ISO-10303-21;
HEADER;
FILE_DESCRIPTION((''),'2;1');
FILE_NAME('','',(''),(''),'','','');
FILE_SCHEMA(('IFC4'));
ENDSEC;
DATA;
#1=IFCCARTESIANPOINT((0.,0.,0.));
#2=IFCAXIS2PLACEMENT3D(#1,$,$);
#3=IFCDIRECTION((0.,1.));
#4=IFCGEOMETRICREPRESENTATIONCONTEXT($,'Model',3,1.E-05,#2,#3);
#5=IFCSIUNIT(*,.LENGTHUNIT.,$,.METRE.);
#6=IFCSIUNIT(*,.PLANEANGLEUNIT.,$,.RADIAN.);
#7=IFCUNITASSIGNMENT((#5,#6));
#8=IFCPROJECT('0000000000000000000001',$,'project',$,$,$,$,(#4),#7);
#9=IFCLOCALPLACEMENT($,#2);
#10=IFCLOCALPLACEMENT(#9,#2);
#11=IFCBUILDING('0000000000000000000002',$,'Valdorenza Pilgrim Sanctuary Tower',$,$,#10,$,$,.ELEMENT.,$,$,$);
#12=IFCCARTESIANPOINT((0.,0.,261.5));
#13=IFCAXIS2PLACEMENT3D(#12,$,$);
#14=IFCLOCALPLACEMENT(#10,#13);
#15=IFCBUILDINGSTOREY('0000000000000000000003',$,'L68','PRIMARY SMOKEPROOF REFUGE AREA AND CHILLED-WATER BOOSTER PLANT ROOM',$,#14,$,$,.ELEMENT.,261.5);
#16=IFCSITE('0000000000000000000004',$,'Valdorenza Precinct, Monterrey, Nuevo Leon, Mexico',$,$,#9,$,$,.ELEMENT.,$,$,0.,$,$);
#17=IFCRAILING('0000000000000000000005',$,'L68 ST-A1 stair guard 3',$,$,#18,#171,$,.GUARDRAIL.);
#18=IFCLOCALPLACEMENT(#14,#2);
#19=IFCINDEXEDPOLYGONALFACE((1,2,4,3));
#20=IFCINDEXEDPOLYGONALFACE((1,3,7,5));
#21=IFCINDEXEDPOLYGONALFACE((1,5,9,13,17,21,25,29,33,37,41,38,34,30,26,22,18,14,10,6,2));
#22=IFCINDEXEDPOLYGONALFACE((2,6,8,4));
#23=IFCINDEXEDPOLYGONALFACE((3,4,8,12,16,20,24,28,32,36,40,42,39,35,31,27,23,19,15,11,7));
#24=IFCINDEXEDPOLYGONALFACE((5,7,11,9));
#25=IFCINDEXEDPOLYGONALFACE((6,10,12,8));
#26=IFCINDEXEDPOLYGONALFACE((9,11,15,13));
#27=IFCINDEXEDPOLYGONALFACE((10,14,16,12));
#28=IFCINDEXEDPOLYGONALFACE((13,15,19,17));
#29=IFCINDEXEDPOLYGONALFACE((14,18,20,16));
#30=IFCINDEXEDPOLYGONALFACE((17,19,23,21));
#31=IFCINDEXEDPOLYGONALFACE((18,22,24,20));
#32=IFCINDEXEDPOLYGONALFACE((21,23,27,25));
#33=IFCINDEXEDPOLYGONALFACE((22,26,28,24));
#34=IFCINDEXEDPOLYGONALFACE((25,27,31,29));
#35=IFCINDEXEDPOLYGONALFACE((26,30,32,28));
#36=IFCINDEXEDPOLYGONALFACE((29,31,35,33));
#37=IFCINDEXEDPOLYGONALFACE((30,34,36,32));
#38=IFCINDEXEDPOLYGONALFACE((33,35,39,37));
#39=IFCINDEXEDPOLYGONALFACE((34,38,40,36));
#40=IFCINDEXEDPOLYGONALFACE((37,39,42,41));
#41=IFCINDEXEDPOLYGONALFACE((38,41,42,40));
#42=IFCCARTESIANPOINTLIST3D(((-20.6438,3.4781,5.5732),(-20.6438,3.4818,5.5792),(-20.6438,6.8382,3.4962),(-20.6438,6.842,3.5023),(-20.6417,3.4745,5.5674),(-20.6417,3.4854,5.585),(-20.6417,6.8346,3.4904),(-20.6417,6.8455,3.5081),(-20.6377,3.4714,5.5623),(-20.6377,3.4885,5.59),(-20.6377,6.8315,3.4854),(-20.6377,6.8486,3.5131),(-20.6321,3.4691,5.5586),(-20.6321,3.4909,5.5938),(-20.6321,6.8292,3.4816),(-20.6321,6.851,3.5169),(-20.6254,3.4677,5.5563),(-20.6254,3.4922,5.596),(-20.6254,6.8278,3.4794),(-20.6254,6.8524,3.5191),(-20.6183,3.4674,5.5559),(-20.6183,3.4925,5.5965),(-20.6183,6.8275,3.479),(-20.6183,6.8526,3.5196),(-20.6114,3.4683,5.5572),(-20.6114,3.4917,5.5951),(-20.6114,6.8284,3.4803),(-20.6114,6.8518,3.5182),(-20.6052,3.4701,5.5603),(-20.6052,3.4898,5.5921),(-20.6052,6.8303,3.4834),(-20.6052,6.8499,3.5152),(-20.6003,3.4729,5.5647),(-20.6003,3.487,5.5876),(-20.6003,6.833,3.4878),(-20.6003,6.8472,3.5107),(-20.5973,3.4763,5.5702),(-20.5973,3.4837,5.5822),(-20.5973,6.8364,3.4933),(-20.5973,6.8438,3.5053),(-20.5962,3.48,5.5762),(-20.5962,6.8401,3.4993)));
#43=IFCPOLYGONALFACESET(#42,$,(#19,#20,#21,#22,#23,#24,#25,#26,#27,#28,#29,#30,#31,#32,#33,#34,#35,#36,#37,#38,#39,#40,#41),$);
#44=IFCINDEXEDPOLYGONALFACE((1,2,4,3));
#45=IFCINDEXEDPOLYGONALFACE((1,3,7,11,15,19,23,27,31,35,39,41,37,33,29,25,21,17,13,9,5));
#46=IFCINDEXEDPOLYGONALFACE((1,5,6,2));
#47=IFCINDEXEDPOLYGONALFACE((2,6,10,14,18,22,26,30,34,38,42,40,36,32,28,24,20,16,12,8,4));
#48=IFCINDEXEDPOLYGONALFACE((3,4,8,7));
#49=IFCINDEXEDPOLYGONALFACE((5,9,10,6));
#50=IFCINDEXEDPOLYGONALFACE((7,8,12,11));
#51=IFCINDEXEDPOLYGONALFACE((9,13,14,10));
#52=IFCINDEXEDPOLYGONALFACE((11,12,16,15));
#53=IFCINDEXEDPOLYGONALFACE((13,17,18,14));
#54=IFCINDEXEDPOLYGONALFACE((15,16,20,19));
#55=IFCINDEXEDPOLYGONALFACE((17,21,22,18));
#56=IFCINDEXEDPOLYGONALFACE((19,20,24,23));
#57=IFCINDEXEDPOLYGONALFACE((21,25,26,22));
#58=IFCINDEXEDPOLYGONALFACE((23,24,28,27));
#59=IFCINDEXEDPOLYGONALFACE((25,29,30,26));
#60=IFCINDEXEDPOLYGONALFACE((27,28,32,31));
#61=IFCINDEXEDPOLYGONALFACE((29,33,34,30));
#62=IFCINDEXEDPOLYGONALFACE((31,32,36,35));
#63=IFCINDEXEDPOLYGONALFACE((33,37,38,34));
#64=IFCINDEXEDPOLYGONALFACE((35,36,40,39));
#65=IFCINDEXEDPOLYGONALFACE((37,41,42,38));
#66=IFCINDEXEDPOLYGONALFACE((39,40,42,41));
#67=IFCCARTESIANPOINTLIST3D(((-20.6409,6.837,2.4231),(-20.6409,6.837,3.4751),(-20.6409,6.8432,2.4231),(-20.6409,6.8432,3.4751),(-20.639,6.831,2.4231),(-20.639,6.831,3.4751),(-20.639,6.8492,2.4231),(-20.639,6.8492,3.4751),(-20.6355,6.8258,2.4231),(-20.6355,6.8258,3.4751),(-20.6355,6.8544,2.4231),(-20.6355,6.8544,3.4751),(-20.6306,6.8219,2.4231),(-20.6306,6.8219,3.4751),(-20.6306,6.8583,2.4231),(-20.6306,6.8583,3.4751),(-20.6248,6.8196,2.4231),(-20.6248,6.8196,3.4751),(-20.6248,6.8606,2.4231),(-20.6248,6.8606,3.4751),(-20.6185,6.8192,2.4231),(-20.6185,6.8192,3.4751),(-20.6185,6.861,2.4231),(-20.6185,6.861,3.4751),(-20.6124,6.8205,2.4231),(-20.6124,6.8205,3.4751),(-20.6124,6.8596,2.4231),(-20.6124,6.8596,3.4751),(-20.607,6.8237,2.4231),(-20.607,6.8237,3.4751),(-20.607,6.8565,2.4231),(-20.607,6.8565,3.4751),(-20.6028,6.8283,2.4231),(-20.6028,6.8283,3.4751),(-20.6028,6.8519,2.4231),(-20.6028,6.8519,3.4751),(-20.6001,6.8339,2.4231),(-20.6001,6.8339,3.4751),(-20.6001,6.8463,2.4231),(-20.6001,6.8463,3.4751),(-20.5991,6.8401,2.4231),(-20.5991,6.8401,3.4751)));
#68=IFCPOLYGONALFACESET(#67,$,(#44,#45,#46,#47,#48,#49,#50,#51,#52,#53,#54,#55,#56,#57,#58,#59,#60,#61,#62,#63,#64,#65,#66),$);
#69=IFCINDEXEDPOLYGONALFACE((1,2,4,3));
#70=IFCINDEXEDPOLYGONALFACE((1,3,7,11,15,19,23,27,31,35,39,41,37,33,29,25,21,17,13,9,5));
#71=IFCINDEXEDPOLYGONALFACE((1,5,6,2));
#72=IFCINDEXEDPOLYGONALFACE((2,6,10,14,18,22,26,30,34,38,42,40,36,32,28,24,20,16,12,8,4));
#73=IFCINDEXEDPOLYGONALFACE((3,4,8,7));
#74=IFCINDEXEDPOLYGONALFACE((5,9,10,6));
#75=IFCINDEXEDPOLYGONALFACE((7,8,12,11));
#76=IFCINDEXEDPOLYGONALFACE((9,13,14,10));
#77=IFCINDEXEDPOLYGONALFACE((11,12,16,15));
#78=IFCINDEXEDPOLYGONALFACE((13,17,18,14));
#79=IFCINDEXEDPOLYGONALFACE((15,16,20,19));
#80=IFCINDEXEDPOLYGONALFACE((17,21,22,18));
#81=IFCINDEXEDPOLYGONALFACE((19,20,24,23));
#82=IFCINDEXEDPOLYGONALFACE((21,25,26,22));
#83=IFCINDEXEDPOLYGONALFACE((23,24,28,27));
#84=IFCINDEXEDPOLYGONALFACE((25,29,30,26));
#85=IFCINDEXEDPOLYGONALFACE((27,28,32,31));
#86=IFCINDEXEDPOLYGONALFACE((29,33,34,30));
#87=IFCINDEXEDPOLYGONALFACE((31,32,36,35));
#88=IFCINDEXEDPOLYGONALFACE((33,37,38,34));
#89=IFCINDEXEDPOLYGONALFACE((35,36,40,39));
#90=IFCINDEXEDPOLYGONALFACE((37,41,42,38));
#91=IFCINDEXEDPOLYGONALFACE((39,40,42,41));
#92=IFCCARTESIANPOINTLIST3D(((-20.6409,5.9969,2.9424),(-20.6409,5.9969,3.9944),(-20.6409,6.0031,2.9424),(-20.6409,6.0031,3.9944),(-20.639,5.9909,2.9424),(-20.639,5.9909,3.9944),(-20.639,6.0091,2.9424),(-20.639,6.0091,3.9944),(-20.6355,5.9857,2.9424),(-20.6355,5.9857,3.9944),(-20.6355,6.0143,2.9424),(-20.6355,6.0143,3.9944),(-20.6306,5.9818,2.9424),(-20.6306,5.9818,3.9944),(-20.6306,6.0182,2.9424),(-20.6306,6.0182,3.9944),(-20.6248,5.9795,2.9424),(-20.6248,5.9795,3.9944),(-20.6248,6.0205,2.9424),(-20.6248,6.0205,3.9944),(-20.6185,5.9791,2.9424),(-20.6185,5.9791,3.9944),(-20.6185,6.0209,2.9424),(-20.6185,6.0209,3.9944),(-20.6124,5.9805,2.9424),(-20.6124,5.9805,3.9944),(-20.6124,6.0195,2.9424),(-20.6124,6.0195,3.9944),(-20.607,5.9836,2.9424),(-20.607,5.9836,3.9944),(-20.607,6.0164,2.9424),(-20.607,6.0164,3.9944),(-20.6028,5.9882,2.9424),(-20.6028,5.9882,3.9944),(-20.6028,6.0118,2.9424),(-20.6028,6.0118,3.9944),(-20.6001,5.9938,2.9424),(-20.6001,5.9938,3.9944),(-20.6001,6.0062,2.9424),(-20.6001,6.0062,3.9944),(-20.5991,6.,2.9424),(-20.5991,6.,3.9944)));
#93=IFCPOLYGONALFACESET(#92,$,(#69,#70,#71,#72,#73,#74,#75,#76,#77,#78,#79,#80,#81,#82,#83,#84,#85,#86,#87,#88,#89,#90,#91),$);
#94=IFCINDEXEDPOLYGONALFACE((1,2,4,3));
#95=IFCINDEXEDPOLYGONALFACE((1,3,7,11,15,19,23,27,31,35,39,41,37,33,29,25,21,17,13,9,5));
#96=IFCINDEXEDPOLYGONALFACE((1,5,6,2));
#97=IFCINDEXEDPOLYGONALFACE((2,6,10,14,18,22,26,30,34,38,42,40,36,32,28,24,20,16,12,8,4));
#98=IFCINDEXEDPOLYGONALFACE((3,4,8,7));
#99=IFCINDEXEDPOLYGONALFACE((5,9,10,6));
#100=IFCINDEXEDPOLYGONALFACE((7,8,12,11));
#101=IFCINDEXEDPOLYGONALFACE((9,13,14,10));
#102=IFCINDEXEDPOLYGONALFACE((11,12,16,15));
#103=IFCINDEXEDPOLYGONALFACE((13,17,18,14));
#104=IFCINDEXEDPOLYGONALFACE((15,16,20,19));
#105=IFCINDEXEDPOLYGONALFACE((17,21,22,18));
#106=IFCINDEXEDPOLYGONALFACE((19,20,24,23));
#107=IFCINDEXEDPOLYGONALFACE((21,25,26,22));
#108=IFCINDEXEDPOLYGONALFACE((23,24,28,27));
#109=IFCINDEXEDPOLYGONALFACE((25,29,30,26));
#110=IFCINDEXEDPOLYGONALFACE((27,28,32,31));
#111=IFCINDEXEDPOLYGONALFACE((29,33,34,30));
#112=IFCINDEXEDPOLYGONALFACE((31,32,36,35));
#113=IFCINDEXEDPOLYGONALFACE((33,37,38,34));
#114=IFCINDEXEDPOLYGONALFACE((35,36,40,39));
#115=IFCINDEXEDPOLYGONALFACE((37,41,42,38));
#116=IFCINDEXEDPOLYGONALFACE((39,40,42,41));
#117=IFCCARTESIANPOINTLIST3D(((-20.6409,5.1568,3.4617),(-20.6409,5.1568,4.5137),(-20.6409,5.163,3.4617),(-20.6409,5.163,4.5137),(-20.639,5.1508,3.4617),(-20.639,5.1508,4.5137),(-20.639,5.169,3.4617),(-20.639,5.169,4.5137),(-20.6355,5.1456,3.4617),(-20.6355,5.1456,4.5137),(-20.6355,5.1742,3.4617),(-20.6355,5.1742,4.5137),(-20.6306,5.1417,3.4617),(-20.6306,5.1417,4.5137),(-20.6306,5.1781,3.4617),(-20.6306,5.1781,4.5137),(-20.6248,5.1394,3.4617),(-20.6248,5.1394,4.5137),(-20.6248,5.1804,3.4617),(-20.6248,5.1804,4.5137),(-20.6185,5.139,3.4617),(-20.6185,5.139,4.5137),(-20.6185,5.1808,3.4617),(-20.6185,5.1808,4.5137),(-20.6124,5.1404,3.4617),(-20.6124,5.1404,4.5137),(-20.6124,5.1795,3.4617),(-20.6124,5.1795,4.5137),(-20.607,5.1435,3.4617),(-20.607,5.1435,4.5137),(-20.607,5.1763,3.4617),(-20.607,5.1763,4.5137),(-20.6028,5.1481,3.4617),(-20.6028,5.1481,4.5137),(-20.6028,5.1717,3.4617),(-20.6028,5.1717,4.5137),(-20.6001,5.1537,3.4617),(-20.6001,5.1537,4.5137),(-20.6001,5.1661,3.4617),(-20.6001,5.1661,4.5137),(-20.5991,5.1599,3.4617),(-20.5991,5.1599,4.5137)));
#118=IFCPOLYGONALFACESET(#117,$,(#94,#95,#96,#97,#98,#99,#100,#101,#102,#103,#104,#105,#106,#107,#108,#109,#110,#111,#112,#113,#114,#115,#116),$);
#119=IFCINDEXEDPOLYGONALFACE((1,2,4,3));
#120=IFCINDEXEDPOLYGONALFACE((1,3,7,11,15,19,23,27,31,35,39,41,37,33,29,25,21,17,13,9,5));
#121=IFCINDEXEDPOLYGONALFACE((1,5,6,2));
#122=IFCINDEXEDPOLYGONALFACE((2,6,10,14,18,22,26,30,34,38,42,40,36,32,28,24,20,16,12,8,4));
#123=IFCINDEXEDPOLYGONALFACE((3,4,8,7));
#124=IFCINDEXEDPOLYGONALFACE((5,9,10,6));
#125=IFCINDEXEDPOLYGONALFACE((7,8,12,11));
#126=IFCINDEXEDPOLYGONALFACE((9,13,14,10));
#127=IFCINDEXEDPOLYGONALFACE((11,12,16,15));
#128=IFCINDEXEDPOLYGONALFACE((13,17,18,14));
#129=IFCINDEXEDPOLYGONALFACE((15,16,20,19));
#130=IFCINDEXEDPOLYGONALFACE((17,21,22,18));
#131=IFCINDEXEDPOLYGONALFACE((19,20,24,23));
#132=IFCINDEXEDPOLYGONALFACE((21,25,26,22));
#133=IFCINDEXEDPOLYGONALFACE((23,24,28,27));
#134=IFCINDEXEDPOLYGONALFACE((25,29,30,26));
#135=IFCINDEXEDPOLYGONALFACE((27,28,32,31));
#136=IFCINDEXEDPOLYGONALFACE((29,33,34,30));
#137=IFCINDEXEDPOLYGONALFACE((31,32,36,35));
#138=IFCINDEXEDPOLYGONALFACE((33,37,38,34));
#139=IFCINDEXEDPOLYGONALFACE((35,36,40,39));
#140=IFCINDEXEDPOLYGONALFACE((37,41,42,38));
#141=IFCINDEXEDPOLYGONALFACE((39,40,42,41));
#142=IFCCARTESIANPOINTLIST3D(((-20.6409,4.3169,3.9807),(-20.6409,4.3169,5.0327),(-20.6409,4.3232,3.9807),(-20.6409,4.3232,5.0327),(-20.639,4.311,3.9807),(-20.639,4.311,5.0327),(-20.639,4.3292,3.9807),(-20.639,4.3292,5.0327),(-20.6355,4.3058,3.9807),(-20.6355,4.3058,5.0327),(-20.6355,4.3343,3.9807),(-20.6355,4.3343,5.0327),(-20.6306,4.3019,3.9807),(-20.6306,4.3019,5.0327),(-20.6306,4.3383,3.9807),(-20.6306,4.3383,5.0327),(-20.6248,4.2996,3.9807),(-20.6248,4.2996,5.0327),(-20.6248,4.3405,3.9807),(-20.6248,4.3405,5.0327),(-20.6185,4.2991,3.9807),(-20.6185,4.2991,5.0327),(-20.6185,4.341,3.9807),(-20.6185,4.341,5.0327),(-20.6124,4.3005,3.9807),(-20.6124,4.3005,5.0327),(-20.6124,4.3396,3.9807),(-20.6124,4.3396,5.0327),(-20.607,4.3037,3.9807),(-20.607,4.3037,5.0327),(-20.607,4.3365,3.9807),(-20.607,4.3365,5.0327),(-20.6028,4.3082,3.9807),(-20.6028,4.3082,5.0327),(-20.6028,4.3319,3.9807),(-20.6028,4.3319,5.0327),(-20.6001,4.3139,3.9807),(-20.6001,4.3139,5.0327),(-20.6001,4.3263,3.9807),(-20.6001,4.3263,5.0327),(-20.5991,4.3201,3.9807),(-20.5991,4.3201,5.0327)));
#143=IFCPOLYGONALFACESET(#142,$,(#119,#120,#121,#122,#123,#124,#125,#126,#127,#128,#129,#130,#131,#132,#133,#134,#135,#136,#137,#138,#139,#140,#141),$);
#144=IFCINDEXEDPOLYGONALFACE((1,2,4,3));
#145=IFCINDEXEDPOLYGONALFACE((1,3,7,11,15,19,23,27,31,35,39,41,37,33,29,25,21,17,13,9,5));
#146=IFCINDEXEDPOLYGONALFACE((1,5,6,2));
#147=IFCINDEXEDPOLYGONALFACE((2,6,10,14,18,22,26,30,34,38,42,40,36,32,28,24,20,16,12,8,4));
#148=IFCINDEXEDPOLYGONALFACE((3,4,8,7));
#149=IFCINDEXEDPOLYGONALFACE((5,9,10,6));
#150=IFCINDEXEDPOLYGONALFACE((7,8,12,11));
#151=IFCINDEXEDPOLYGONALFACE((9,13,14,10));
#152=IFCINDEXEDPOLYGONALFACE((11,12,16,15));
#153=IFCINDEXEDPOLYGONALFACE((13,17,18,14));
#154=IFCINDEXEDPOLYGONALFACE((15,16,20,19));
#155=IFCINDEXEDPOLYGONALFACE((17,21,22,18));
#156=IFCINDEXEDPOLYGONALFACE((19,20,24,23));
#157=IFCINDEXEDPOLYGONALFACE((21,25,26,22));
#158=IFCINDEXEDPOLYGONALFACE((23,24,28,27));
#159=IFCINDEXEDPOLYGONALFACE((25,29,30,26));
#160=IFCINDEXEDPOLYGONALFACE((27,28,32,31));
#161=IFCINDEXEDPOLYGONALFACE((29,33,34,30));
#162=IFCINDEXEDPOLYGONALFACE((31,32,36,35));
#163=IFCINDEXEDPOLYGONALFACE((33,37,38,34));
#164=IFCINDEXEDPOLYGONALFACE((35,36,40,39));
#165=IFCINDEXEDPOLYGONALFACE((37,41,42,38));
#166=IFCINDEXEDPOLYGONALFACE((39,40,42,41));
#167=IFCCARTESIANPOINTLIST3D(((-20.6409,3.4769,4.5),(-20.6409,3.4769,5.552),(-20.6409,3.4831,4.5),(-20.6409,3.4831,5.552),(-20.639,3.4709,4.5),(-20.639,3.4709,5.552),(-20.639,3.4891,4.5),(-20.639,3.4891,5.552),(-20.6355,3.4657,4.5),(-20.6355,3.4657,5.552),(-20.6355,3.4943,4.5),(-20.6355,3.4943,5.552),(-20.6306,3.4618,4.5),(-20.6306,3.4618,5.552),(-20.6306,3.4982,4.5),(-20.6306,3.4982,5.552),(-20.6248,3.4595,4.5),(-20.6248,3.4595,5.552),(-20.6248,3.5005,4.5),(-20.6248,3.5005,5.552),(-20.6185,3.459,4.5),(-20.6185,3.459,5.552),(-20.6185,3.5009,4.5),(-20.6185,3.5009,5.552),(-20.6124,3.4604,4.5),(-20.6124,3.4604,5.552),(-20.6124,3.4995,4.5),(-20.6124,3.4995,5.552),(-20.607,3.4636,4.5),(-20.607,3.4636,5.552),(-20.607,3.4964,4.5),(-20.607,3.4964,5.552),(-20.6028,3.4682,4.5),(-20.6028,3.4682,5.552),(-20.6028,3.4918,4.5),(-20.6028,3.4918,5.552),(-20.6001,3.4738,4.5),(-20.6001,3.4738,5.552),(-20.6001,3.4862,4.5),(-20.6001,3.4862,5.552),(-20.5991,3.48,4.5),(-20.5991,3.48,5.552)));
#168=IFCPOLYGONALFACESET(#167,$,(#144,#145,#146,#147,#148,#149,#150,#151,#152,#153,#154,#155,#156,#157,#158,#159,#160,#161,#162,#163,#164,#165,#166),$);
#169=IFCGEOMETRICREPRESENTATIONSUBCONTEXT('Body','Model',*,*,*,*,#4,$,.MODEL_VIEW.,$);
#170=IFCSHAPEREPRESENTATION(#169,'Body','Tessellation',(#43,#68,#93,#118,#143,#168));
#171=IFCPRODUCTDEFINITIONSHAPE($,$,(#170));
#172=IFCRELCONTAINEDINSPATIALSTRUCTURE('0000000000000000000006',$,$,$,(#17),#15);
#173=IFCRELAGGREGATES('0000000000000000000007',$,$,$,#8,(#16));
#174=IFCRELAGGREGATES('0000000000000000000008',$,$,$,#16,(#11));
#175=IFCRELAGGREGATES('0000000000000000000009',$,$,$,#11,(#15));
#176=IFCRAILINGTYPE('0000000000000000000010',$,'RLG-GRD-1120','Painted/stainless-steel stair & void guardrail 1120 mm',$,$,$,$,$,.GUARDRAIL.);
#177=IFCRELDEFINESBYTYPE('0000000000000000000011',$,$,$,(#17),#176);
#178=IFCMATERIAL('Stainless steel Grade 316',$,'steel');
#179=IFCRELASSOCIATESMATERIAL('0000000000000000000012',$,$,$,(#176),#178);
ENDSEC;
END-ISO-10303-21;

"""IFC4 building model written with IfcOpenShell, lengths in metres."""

from ifc_helpers import new_model, si_unit, direction, frame, origin, origin_2d, place, context, subcontext, project, spatial, circle, extrude, material, type_object, element, save


model = new_model("IFC4")

# Units and contexts
model_context = context("Model", 3, precision=1e-05, world=origin(), true_north=direction((0.0, 1.0)))
body_context = subcontext(model_context, "Body", "Model", "MODEL_VIEW")
ifc_project = project(units=[si_unit("LENGTHUNIT", "METRE"), si_unit("PLANEANGLEUNIT", "RADIAN")], contexts=[model_context])

# Site, building, storey
site_placement = place(None, origin())
site = spatial("IfcSite", under=ifc_project, at=site_placement, Name="Valdorenza Precinct, Monterrey, Nuevo Leon, Mexico", CompositionType="ELEMENT", RefElevation=0.0)
building_placement = place(site_placement, origin())
building = spatial("IfcBuilding", under=site, at=building_placement, Name="Valdorenza Pilgrim Sanctuary Tower", CompositionType="ELEMENT")
storey_placement = place(building_placement, frame((0.0, 0.0, 261.5)))
storey = spatial("IfcBuildingStorey", under=building, at=storey_placement, Name="L68", Description="PRIMARY SMOKEPROOF REFUGE AREA AND CHILLED-WATER BOOSTER PLANT ROOM", CompositionType="ELEMENT", Elevation=261.5)

# Railing
ifc_material_1 = material(Name="Stainless steel Grade 316", Category="steel")
railing_type_1 = type_object("IfcRailingType", Name="RLG-GRD-1120", Description="Painted/stainless-steel stair & void guardrail 1120 mm", PredefinedType="GUARDRAIL", material=ifc_material_1)
railing_1_placement = place(storey_placement, frame((-20.6201, 6.8401, 2.4231)))
element("IfcRailing", 1, at=railing_1_placement, inside=storey, type_object=railing_type_1, Name="L68 ST-A1 stair guard 3", PredefinedType="GUARDRAIL", context=body_context, shape_type="SweptSolid", body=[
    extrude(circle(Radius=0.0239, at=origin_2d()), frame((0.0, 0.0, 1.0762), z_axis=(0.0, -0.850623, 0.525776), x_axis=(1.0, 0.0, 0.0)), (0.0, 0.0, 1.0), 3.9502),
    extrude(circle(Radius=0.021, at=origin_2d()), origin(), (0.0, 0.0, 1.0), 1.052),
    extrude(circle(Radius=0.021, at=origin_2d()), frame((0.0, -0.8401, 0.5193)), (0.0, 0.0, 1.0), 1.052),
    extrude(circle(Radius=0.021, at=origin_2d()), frame((0.0, -1.6802, 1.0386)), (0.0, 0.0, 1.0), 1.052),
    extrude(circle(Radius=0.021, at=origin_2d()), frame((0.0, -2.52, 1.5576)), (0.0, 0.0, 1.0), 1.052),
    extrude(circle(Radius=0.021, at=origin_2d()), frame((0.0, -3.3601, 2.0769)), (0.0, 0.0, 1.0), 1.052),
])

save(model, "model.ifc")
